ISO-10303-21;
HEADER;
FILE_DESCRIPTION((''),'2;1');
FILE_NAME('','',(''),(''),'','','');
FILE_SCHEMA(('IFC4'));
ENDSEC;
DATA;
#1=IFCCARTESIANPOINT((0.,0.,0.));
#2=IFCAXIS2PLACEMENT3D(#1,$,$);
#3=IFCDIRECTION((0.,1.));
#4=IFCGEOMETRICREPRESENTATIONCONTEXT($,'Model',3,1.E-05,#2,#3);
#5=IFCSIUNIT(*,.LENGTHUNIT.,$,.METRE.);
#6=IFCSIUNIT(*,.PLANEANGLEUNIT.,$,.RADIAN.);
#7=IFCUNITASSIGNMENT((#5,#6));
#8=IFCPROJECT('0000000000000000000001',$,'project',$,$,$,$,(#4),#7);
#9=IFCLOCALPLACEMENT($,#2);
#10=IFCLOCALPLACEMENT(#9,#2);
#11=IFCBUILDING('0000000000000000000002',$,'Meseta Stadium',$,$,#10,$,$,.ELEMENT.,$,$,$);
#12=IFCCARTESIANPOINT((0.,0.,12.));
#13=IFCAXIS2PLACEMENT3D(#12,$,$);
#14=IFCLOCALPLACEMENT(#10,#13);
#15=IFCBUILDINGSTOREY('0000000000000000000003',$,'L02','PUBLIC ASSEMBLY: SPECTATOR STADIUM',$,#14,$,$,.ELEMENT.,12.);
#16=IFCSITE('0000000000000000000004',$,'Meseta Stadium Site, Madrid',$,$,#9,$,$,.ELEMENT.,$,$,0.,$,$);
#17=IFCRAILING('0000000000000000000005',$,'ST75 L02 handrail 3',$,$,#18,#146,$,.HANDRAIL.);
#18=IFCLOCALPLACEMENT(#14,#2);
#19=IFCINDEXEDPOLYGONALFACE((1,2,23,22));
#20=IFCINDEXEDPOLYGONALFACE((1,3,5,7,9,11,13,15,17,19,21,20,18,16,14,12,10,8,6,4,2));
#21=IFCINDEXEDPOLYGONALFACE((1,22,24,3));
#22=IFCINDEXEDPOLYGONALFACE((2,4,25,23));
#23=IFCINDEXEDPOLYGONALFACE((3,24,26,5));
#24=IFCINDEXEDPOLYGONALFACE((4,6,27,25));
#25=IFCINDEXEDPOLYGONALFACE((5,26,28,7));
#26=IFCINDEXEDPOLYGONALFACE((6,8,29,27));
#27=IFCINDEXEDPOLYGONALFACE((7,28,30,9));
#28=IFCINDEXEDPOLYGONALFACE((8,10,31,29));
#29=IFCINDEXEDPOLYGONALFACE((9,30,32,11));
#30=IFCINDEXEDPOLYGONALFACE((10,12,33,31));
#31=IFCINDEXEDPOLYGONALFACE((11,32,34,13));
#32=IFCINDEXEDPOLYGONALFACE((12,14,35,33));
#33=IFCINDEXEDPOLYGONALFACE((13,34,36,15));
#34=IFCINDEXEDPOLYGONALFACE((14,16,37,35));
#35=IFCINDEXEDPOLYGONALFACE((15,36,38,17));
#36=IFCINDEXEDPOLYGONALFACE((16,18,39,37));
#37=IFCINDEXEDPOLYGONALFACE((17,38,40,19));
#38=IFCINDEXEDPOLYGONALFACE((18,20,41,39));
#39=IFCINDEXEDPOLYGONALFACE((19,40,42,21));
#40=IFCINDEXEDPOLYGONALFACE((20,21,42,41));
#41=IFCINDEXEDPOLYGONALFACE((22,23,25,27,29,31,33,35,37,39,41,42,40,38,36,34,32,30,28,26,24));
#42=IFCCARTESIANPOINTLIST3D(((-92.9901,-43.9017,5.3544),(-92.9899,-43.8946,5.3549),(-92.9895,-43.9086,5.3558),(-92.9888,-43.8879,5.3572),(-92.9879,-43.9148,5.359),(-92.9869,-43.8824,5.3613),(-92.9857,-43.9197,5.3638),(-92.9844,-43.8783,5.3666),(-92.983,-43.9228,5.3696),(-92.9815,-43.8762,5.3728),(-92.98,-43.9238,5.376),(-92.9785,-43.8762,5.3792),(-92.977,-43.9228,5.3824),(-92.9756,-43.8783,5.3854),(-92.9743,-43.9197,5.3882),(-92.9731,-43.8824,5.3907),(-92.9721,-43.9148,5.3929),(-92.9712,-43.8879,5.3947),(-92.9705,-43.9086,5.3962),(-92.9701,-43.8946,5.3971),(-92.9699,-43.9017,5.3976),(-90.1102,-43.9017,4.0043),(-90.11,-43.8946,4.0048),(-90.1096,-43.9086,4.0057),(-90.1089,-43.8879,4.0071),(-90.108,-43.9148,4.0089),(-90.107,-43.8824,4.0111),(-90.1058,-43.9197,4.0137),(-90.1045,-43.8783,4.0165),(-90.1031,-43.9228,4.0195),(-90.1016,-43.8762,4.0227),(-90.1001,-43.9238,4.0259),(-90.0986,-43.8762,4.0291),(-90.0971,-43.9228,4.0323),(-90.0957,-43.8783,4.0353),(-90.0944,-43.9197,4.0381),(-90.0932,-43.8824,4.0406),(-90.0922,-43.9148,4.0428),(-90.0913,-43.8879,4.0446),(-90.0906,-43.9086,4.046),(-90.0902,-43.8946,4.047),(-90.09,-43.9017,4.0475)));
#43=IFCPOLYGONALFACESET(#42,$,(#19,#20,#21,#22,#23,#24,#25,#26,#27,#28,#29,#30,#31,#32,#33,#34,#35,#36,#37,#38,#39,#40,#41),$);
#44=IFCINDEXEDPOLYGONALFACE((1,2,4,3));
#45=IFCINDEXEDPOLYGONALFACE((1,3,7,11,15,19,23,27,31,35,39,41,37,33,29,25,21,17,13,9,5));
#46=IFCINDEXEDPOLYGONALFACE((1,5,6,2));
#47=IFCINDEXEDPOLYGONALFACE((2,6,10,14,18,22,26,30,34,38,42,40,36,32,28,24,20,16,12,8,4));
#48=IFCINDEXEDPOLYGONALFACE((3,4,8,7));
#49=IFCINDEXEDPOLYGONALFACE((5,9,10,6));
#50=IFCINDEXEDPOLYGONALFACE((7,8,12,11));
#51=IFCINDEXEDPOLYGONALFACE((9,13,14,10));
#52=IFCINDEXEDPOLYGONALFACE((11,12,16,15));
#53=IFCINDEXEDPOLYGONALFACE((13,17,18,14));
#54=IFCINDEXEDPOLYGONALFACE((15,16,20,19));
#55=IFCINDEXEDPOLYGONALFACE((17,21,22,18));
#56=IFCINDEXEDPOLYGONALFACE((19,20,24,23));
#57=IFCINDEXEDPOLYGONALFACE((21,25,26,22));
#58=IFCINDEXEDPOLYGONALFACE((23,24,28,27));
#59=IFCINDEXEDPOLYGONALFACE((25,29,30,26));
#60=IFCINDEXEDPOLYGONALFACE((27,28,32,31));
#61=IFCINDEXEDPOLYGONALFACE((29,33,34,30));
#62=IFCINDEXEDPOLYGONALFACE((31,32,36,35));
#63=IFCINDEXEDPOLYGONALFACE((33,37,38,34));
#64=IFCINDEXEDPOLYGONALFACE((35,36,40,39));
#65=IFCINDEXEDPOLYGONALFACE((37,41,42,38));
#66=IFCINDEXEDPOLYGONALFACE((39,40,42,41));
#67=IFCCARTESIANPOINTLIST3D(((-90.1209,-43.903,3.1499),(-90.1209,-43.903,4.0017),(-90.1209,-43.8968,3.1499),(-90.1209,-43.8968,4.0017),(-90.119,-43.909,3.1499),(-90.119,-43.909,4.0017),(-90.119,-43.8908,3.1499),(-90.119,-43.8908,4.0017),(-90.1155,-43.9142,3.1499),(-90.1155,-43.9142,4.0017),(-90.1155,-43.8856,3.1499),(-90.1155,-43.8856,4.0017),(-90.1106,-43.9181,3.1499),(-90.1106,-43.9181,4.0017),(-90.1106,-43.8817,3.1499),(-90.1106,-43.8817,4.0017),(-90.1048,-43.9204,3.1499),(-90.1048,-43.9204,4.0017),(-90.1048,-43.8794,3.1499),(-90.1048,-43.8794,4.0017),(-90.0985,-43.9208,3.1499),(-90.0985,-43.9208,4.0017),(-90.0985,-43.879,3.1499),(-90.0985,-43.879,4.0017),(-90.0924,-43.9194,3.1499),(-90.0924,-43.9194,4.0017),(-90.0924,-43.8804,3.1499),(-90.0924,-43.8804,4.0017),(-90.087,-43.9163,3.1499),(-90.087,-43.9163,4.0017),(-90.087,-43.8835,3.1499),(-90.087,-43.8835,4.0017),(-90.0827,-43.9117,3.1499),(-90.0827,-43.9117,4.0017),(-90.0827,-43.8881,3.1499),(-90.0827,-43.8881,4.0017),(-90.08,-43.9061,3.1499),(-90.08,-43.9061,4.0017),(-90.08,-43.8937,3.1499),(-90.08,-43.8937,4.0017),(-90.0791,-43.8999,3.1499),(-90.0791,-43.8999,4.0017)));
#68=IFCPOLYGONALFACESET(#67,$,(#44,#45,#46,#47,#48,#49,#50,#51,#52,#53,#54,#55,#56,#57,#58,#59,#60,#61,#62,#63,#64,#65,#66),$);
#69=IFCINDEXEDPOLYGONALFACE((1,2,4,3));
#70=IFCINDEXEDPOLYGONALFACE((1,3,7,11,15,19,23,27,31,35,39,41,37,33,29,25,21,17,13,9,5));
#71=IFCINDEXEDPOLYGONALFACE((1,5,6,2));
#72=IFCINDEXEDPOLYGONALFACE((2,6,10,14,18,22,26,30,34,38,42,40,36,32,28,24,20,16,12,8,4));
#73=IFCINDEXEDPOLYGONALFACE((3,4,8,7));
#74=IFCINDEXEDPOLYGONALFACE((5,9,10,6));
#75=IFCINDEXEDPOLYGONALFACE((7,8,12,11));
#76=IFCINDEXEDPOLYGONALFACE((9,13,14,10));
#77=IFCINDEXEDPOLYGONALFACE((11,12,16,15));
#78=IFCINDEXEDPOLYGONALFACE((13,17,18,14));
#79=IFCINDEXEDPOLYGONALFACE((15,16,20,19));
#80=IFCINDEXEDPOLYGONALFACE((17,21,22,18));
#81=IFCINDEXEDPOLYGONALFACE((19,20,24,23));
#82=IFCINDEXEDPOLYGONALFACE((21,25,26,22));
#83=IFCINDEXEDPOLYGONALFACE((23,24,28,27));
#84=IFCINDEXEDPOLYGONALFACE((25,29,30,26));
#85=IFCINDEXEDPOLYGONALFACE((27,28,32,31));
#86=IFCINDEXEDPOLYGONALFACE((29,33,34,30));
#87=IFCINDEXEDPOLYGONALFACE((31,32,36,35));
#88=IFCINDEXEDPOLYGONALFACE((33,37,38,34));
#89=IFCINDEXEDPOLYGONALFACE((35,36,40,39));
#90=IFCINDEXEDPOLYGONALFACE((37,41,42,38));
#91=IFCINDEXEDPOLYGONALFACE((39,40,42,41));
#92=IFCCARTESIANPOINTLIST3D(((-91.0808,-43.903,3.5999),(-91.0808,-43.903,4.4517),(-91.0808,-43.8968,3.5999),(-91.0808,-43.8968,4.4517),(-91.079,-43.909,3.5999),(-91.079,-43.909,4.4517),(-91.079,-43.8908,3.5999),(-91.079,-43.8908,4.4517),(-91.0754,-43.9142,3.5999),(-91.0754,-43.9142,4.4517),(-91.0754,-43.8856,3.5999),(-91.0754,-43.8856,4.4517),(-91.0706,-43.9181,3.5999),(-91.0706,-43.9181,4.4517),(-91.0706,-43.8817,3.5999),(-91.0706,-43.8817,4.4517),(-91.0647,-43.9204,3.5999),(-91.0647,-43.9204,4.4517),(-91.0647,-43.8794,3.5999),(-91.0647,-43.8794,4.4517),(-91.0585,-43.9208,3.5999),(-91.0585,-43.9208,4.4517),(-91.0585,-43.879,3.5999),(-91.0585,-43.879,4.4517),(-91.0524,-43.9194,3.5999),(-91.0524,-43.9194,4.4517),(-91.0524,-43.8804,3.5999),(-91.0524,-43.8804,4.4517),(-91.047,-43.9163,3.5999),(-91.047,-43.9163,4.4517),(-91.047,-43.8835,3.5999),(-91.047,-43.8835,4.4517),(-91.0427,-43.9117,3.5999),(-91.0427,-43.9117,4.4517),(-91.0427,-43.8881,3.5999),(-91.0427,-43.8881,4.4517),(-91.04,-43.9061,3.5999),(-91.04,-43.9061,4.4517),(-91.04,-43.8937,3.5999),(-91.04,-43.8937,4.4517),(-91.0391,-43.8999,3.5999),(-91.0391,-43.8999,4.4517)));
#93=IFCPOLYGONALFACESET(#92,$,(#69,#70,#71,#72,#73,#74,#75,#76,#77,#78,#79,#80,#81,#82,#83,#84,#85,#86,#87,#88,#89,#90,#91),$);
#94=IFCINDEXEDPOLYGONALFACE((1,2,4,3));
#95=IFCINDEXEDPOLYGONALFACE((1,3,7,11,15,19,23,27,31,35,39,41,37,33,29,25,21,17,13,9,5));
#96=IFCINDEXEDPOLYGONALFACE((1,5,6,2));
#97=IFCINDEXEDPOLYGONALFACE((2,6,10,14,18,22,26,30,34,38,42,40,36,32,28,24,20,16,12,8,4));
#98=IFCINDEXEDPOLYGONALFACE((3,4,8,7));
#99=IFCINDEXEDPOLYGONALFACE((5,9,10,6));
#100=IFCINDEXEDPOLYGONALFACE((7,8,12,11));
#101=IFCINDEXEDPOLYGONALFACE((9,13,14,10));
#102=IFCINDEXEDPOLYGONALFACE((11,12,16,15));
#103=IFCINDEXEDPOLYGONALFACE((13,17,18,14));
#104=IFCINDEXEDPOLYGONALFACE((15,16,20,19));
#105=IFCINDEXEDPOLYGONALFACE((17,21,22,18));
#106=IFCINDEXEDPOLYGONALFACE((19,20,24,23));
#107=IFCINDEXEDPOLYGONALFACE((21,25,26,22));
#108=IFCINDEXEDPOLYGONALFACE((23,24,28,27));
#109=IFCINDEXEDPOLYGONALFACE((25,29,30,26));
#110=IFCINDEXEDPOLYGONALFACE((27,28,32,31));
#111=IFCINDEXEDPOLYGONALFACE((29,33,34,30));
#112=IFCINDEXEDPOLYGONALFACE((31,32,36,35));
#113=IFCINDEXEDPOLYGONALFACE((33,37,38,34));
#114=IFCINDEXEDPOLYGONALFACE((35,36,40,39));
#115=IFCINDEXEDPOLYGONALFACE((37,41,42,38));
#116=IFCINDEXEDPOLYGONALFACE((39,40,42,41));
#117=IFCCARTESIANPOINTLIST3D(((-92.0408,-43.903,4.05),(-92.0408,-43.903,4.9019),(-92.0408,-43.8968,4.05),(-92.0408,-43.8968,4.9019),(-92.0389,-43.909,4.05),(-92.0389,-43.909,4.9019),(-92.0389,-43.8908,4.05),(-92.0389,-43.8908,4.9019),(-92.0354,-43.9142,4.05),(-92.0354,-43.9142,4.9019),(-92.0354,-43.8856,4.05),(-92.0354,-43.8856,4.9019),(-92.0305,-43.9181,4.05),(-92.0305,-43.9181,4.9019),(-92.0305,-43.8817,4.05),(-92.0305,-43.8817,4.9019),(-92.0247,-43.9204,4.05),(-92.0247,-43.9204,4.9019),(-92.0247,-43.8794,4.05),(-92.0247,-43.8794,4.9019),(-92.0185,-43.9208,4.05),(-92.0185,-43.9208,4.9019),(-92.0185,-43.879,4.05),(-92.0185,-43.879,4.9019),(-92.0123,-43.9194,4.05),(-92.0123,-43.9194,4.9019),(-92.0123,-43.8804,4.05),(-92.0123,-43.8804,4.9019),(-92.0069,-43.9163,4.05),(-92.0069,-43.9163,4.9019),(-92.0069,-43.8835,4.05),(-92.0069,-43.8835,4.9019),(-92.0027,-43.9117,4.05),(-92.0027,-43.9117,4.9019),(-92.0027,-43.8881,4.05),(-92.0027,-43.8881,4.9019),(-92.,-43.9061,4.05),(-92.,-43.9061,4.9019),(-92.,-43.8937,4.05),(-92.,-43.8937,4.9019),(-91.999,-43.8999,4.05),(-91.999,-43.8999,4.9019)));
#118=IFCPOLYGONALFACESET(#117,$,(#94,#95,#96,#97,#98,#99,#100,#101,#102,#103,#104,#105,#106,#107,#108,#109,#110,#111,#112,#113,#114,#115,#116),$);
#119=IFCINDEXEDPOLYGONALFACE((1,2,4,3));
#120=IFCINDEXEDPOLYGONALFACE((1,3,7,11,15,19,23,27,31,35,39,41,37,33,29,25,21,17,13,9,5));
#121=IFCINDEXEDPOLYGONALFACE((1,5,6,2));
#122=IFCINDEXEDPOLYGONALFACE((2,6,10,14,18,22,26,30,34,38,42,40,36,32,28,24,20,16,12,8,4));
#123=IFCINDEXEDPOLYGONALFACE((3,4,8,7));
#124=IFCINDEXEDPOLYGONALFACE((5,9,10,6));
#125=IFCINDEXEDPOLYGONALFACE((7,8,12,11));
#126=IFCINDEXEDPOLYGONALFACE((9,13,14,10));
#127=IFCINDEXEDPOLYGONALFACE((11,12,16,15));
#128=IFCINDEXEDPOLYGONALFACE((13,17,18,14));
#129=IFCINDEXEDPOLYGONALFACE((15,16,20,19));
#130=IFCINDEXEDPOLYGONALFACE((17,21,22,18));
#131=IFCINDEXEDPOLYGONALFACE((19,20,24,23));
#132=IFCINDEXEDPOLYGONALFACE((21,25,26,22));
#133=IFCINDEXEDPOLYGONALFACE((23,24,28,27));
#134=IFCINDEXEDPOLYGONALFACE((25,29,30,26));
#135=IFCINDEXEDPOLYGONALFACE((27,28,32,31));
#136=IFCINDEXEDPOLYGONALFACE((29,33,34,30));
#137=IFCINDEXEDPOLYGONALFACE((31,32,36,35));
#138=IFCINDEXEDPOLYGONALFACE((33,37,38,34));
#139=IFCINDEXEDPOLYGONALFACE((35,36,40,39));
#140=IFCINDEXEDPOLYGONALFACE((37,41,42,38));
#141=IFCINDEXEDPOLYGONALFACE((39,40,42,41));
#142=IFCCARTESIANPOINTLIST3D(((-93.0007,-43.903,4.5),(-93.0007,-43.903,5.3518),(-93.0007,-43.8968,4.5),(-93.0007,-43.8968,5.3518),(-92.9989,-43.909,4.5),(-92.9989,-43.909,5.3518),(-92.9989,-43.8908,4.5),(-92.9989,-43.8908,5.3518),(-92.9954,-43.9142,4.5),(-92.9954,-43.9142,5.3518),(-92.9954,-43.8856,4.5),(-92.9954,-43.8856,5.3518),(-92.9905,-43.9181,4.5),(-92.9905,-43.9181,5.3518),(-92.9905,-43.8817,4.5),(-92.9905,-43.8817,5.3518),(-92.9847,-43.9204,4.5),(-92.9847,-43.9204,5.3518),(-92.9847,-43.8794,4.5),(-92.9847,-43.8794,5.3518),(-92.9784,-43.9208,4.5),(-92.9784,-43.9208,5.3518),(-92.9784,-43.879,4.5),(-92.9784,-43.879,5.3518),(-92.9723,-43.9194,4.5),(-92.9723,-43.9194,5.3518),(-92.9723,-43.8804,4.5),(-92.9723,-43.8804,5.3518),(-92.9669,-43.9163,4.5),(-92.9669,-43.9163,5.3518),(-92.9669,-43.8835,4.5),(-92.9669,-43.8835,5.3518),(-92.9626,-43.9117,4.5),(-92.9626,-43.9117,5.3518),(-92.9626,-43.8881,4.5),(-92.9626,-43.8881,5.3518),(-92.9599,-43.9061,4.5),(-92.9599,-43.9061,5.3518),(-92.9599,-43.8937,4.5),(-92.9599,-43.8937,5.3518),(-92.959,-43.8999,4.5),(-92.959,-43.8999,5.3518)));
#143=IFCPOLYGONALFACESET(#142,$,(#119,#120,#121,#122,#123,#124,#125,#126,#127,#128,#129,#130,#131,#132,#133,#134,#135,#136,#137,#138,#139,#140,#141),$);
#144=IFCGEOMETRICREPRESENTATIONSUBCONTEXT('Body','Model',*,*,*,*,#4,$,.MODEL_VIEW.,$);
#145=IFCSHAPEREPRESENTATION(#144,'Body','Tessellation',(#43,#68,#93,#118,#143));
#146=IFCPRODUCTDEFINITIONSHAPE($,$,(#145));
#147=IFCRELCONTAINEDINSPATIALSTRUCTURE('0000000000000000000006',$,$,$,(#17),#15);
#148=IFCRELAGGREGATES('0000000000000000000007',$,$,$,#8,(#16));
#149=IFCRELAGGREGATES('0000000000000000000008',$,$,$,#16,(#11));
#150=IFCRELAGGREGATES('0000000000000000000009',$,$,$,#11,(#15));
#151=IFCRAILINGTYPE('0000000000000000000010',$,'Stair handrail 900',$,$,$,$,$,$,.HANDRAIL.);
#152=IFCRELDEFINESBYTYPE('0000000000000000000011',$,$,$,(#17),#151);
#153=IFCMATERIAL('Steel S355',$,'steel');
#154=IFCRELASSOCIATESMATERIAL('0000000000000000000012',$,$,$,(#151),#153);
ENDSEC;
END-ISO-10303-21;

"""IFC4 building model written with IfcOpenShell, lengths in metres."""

from ifc_helpers import new_model, si_unit, direction, frame, origin, origin_2d, place, context, subcontext, project, spatial, circle, extrude, material, type_object, element, save


model = new_model("IFC4")

# Units and contexts
model_context = context("Model", 3, precision=1e-05, world=origin(), true_north=direction((0.0, 1.0)))
body_context = subcontext(model_context, "Body", "Model", "MODEL_VIEW")
ifc_project = project(units=[si_unit("LENGTHUNIT", "METRE"), si_unit("PLANEANGLEUNIT", "RADIAN")], contexts=[model_context])

# Site, building, storey
site_placement = place(None, origin())
site = spatial("IfcSite", under=ifc_project, at=site_placement, Name="Meseta Stadium Site, Madrid", CompositionType="ELEMENT", RefElevation=0.0)
building_placement = place(site_placement, origin())
building = spatial("IfcBuilding", under=site, at=building_placement, Name="Meseta Stadium", CompositionType="ELEMENT")
storey_placement = place(building_placement, frame((0.0, 0.0, 12.0)))
storey = spatial("IfcBuildingStorey", under=building, at=storey_placement, Name="L02", Description="PUBLIC ASSEMBLY: SPECTATOR STADIUM", CompositionType="ELEMENT", Elevation=12.0)

# Railing
ifc_material_1 = material(Name="Steel S355", Category="steel")
railing_type_1 = type_object("IfcRailingType", Name="Stair handrail 900", PredefinedType="HANDRAIL", material=ifc_material_1)
railing_1_placement = place(storey_placement, frame((-90.1001, -43.8999, 3.1499)))
element("IfcRailing", 1, at=railing_1_placement, inside=storey, type_object=railing_type_1, Name="ST75 L02 handrail 3", PredefinedType="HANDRAIL", context=body_context, shape_type="SweptSolid", body=[
    extrude(circle(Radius=0.0239, at=origin_2d()), frame((0.0, 0.0, 0.876), z_axis=(-0.90544, 0.0, 0.424473), x_axis=(0.0, -1.0, 0.0)), (0.0, 0.0, 1.0), 3.1807),
    extrude(circle(Radius=0.021, at=origin_2d()), origin(), (0.0, 0.0, 1.0), 0.8518),
    extrude(circle(Radius=0.021, at=origin_2d()), frame((-0.96, 0.0, 0.45)), (0.0, 0.0, 1.0), 0.8518),
    extrude(circle(Radius=0.021, at=origin_2d()), frame((-1.9199, 0.0, 0.9001)), (0.0, 0.0, 1.0), 0.8518),
    extrude(circle(Radius=0.021, at=origin_2d()), frame((-2.8799, 0.0, 1.3501)), (0.0, 0.0, 1.0), 0.8518),
])

save(model, "model.ifc")
